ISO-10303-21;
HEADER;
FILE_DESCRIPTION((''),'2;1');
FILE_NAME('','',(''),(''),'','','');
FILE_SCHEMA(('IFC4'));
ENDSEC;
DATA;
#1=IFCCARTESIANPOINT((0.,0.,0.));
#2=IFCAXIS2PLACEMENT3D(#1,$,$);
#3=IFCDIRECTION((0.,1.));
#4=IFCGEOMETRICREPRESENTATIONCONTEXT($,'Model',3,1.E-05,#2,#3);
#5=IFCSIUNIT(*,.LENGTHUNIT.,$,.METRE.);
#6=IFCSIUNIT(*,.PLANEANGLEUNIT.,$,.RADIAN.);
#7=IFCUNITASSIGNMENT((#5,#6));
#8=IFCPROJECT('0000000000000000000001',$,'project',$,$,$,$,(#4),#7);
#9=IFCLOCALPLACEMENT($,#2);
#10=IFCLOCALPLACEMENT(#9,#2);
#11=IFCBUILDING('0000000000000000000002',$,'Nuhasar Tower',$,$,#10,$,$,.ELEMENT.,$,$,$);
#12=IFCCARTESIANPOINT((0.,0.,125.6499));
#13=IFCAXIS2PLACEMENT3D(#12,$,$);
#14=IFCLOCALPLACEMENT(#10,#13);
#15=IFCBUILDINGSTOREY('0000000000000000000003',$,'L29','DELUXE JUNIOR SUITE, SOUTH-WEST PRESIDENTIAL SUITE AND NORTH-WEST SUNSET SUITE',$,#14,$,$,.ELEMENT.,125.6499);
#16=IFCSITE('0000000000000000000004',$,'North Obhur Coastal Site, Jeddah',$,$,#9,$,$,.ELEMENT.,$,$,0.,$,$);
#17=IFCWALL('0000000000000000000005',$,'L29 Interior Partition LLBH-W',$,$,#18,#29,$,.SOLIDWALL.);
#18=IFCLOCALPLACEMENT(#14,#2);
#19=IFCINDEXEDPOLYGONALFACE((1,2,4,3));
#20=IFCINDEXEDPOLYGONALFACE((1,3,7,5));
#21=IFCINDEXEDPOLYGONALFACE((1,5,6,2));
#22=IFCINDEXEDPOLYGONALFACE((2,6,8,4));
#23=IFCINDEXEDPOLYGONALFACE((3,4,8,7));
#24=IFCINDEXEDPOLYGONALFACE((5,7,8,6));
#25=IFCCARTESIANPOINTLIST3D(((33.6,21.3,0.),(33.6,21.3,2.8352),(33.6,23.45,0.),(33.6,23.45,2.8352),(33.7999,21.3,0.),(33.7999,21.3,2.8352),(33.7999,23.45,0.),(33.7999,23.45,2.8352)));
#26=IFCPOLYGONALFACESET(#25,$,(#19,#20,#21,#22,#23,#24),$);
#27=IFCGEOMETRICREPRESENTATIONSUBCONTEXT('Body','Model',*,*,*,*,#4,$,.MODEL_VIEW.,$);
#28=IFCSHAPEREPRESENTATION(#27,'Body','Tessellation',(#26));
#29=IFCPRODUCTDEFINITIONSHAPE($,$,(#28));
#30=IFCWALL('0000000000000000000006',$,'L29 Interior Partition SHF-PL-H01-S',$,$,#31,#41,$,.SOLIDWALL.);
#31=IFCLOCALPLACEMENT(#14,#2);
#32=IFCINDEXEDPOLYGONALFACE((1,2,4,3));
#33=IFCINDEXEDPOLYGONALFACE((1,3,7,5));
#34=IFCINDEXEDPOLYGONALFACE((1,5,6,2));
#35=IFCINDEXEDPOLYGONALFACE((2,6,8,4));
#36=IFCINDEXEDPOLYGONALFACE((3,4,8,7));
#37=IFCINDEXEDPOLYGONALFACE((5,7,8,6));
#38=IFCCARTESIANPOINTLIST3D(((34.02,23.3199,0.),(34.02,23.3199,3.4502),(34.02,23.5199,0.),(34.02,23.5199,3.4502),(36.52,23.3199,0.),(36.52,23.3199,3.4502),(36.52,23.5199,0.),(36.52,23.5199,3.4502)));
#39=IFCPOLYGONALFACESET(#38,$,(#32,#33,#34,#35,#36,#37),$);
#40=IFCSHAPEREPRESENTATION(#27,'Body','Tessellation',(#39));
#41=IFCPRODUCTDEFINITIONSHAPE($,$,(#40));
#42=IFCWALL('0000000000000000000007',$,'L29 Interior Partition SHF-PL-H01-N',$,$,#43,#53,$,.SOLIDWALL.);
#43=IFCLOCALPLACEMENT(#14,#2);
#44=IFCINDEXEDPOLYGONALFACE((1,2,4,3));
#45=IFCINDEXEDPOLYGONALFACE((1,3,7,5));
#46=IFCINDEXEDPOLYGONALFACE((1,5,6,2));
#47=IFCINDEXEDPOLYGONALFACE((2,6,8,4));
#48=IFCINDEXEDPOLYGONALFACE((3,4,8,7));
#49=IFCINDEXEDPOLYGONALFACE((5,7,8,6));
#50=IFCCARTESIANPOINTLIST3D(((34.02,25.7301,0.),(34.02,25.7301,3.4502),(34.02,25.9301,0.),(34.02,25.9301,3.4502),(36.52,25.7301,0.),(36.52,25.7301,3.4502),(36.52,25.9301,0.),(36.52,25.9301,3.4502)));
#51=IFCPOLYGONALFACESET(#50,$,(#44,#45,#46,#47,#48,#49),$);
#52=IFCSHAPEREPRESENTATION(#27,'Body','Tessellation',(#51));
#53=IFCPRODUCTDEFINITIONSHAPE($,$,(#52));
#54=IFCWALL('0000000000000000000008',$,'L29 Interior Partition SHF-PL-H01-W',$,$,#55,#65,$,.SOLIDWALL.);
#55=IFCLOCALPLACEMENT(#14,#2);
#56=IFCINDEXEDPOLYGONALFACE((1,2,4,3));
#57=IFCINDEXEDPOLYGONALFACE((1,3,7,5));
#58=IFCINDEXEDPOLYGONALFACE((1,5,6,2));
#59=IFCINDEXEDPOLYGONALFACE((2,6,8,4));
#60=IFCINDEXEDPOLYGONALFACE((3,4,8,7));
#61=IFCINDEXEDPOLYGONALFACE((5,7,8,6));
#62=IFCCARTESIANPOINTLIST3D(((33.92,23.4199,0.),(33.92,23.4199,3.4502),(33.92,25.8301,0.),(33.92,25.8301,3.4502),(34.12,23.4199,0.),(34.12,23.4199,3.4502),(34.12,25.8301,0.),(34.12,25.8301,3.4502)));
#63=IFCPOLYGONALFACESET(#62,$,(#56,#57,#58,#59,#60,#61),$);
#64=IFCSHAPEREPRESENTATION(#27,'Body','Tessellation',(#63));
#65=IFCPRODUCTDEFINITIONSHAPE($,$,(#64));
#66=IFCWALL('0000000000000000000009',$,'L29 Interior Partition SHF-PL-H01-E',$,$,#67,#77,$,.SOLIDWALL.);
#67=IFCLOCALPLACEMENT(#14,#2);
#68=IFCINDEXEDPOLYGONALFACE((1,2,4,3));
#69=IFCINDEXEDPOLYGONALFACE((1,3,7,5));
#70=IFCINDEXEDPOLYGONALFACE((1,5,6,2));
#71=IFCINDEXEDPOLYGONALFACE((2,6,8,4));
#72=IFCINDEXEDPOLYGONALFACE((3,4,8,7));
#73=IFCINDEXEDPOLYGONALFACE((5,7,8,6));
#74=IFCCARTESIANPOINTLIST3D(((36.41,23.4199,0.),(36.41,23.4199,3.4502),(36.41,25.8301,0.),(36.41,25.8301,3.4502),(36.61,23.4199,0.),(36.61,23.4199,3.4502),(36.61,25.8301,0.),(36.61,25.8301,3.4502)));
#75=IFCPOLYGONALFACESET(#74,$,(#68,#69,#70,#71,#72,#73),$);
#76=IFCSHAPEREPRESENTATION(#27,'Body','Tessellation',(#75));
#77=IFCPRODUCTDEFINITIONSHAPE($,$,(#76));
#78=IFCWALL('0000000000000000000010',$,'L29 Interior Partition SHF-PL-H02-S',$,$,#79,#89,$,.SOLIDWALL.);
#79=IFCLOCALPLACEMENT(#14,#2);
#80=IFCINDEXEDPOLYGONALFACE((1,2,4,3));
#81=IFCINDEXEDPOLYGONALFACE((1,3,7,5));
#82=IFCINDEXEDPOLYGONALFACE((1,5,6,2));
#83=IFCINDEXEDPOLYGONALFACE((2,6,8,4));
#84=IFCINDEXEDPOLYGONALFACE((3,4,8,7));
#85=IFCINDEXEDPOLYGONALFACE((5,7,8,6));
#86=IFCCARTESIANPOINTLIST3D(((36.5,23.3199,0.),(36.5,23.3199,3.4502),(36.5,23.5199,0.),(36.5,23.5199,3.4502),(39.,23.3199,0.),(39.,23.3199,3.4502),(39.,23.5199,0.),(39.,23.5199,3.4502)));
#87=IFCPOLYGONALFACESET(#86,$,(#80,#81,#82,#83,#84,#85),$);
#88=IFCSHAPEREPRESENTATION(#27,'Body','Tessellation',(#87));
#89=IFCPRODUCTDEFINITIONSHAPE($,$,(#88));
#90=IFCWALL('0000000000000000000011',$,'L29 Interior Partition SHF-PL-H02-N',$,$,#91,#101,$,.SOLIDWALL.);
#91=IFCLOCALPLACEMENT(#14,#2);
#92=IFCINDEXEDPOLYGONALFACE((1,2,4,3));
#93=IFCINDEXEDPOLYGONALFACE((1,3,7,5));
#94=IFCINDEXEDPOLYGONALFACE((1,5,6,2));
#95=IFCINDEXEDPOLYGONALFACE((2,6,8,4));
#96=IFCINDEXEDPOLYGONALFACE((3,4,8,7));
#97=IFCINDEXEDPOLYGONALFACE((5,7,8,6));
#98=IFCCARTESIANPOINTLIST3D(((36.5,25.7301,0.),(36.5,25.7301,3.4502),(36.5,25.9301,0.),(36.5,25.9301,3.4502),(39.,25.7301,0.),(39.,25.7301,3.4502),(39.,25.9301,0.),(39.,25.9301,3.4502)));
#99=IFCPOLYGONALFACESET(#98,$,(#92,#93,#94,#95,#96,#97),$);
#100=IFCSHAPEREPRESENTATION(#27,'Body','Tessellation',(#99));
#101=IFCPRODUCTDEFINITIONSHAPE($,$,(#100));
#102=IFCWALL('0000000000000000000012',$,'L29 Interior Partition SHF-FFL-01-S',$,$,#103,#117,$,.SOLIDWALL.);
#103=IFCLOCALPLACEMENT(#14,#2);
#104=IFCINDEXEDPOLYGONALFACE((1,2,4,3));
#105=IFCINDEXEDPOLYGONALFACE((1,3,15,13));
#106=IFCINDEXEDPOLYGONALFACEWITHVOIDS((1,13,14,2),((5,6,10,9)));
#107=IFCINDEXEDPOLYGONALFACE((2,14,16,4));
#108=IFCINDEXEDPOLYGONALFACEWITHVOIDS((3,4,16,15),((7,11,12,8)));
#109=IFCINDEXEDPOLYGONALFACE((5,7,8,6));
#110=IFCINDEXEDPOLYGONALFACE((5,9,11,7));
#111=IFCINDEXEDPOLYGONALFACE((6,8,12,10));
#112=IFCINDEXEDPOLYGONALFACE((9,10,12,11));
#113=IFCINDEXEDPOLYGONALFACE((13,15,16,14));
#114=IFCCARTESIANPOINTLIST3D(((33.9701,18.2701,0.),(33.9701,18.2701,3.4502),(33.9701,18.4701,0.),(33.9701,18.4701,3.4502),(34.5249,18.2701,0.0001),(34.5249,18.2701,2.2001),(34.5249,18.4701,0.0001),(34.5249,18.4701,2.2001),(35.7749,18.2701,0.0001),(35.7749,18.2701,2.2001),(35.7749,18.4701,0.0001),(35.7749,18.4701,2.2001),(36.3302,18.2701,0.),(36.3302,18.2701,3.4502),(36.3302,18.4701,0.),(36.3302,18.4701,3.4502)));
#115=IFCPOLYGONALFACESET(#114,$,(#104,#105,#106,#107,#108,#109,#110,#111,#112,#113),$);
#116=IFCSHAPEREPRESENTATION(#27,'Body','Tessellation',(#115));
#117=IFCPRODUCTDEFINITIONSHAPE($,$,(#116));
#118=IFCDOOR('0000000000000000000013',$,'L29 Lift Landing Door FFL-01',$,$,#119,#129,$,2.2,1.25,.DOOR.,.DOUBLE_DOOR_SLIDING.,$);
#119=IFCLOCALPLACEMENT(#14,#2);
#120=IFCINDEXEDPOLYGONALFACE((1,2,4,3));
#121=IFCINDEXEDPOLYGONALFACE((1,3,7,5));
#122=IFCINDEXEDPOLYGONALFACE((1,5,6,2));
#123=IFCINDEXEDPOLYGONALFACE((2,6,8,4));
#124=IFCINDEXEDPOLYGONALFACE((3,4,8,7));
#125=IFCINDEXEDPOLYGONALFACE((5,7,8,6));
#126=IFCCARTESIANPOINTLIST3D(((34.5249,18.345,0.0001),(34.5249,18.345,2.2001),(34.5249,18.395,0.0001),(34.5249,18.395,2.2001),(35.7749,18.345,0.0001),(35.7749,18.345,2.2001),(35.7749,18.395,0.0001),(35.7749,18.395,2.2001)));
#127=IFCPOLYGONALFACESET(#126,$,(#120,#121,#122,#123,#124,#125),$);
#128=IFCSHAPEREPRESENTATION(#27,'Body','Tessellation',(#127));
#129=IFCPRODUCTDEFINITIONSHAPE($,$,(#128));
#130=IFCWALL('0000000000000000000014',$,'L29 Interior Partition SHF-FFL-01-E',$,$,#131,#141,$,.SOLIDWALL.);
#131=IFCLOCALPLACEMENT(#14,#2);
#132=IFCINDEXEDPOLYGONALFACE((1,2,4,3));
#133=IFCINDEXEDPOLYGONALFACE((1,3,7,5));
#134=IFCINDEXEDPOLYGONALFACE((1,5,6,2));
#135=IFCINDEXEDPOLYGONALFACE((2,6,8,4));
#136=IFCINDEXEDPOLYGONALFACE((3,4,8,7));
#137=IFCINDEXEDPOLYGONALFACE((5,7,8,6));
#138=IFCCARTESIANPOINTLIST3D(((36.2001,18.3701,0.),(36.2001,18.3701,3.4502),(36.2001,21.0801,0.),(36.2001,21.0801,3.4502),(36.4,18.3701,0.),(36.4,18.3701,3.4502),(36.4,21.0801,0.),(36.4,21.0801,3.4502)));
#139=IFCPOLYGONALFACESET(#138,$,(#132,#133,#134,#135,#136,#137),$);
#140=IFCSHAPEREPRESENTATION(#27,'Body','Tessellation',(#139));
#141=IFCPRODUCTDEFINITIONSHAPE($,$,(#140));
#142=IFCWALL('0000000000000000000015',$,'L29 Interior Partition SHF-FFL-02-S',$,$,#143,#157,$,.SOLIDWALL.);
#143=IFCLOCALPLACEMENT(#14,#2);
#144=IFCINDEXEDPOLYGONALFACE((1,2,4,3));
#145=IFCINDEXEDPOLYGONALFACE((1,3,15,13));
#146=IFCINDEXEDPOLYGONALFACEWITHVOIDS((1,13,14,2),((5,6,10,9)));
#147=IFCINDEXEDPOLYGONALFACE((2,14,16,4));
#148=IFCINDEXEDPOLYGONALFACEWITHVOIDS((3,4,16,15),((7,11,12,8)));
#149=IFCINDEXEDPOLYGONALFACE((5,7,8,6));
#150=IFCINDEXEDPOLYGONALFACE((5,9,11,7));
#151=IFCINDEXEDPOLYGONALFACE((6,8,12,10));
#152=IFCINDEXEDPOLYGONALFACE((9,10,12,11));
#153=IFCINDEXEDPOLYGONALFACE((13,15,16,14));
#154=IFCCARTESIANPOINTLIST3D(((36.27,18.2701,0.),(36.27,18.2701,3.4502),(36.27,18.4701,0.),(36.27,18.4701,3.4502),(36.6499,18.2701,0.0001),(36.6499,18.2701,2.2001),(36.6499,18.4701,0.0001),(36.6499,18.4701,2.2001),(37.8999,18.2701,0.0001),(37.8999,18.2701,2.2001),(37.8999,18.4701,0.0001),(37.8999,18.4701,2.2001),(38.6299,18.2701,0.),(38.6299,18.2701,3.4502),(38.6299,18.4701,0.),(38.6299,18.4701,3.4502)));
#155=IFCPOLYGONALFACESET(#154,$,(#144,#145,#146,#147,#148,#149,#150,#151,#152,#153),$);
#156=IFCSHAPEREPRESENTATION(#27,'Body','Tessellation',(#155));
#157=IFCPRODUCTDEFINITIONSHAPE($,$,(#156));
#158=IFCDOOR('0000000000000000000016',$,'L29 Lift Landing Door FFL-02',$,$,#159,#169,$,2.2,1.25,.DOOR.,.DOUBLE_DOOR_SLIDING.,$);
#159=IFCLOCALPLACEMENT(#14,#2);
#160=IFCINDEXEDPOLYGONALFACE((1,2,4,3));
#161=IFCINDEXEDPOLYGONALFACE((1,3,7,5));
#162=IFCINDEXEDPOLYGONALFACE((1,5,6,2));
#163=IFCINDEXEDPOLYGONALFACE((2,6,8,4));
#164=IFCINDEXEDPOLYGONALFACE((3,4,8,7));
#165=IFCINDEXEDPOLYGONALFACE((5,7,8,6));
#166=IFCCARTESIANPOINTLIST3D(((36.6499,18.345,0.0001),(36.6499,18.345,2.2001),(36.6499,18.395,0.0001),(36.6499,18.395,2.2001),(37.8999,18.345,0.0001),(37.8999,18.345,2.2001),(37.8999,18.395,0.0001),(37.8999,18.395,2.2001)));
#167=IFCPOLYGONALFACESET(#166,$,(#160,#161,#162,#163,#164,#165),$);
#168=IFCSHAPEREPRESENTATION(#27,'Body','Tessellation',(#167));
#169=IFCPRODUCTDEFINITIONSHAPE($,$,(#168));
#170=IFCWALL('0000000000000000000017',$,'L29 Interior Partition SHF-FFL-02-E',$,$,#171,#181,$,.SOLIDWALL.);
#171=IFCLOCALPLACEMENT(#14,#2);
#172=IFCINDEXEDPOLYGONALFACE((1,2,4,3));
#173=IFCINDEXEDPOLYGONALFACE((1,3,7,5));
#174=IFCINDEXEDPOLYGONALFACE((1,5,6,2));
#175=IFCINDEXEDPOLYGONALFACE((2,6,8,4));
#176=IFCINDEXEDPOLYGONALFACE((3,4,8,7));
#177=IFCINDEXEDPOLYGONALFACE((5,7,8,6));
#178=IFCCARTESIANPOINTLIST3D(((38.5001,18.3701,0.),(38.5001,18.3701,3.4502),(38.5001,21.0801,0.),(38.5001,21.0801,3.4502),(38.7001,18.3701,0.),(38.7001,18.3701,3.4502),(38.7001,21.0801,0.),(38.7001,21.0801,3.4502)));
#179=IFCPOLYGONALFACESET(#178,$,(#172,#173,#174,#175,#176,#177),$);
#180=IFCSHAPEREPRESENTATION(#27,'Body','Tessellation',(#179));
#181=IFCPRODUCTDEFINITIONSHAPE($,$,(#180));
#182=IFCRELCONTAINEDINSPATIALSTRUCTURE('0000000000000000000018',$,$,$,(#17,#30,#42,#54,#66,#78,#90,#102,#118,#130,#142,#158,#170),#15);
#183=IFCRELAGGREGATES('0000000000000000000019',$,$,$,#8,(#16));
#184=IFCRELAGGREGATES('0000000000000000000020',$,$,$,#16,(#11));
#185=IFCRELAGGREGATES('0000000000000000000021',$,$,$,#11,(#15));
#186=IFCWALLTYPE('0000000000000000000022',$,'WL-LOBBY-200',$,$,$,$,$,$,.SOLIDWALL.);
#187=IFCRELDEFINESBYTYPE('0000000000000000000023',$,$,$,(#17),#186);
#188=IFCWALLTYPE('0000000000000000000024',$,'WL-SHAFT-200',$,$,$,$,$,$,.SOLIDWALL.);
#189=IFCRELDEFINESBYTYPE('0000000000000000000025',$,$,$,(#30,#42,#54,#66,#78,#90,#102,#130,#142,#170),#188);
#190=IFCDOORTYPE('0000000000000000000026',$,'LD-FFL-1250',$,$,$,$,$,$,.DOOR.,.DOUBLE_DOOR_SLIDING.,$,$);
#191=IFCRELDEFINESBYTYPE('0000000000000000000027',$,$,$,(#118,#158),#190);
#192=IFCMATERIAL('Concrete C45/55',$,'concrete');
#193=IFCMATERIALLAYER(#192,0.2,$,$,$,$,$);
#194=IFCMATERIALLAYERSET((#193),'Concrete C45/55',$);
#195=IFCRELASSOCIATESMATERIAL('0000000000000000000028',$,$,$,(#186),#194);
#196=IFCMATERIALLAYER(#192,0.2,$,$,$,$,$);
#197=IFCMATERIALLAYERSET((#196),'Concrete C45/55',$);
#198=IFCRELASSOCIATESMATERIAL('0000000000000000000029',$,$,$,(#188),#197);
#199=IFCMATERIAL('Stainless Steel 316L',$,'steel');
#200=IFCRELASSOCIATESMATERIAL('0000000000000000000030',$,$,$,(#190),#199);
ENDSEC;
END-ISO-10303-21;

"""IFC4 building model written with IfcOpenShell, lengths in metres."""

from ifc_helpers import new_model, si_unit, direction, frame, frame_2d, origin, place, context, subcontext, project, spatial, rectangle, extrude, material, layer, layer_set, type_object, element, fill, save


model = new_model("IFC4")

# Units and contexts
model_context = context("Model", 3, precision=1e-05, world=origin(), true_north=direction((0.0, 1.0)))
body_context = subcontext(model_context, "Body", "Model", "MODEL_VIEW")
ifc_project = project(units=[si_unit("LENGTHUNIT", "METRE"), si_unit("PLANEANGLEUNIT", "RADIAN")], contexts=[model_context])

# Site, building, storey
site_placement = place(None, origin())
site = spatial("IfcSite", under=ifc_project, at=site_placement, Name="North Obhur Coastal Site, Jeddah", CompositionType="ELEMENT", RefElevation=0.0)
building_placement = place(site_placement, origin())
building = spatial("IfcBuilding", under=site, at=building_placement, Name="Nuhasar Tower", CompositionType="ELEMENT")
storey_placement = place(building_placement, frame((0.0, 0.0, 125.6499)))
storey = spatial("IfcBuildingStorey", under=building, at=storey_placement, Name="L29", Description="DELUXE JUNIOR SUITE, SOUTH-WEST PRESIDENTIAL SUITE AND NORTH-WEST SUNSET SUITE", CompositionType="ELEMENT", Elevation=125.6499)

# Walls
ifc_material_1 = material(Name="Concrete C45/55", Category="concrete")
ifc_layer_1 = layer(ifc_material_1, 0.2)
ifc_layer_set_1 = layer_set([ifc_layer_1], Name="Concrete C45/55")
wall_type_1 = type_object("IfcWallType", Name="WL-LOBBY-200", PredefinedType="SOLIDWALL", material=ifc_layer_set_1)
wall_1_placement = place(storey_placement, frame((33.7, 21.3, 0.0), z_axis=(0.0, 0.0, 1.0), x_axis=(0.0, 1.0, 0.0)))
element("IfcWall", 1, at=wall_1_placement, inside=storey, type_object=wall_type_1, Name="L29 Interior Partition LLBH-W", PredefinedType="SOLIDWALL", context=body_context, shape_type="SweptSolid", body=[
    extrude(rectangle(XDim=2.1499, YDim=0.2, at=frame_2d((1.075, 0.0))), origin(), (0.0, 0.0, 1.0), 2.8352),
])
ifc_layer_2 = layer(ifc_material_1, 0.2)
ifc_layer_set_2 = layer_set([ifc_layer_2], Name="Concrete C45/55")
wall_type_2 = type_object("IfcWallType", Name="WL-SHAFT-200", PredefinedType="SOLIDWALL", material=ifc_layer_set_2)
for number, where, z_axis, x_axis, name in (
    (2, (34.02, 23.4199, 0.0), (0.0, 0.0, 1.0), (1.0, 0.0, 0.0), "L29 Interior Partition SHF-PL-H01-S"),
    (3, (34.02, 25.8301, 0.0), (0.0, 0.0, 1.0), (1.0, 0.0, 0.0), "L29 Interior Partition SHF-PL-H01-N"),
):
    element("IfcWall", number, at=place(storey_placement, frame(where, z_axis=z_axis, x_axis=x_axis)), inside=storey, type_object=wall_type_2, Name=name, PredefinedType="SOLIDWALL", context=body_context, shape_type="SweptSolid", body=[
        extrude(rectangle(XDim=2.5, YDim=0.2, at=frame_2d((1.25, 0.0))), origin(), (0.0, 0.0, 1.0), 3.4502),
    ])
for number, where, z_axis, x_axis, name in (
    (4, (34.02, 23.4199, 0.0), (0.0, 0.0, 1.0), (0.0, 1.0, 0.0), "L29 Interior Partition SHF-PL-H01-W"),
    (5, (36.51, 23.4199, 0.0), (0.0, 0.0, 1.0), (0.0, 1.0, 0.0), "L29 Interior Partition SHF-PL-H01-E"),
):
    element("IfcWall", number, at=place(storey_placement, frame(where, z_axis=z_axis, x_axis=x_axis)), inside=storey, type_object=wall_type_2, Name=name, PredefinedType="SOLIDWALL", context=body_context, shape_type="SweptSolid", body=[
        extrude(rectangle(XDim=2.4102, YDim=0.2, at=frame_2d((1.2051, 0.0))), origin(), (0.0, 0.0, 1.0), 3.4502),
    ])
for number, where, z_axis, x_axis, name in (
    (6, (36.5, 23.4199, 0.0), (0.0, 0.0, 1.0), (1.0, 0.0, 0.0), "L29 Interior Partition SHF-PL-H02-S"),
    (7, (36.5, 25.8301, 0.0), (0.0, 0.0, 1.0), (1.0, 0.0, 0.0), "L29 Interior Partition SHF-PL-H02-N"),
):
    element("IfcWall", number, at=place(storey_placement, frame(where, z_axis=z_axis, x_axis=x_axis)), inside=storey, type_object=wall_type_2, Name=name, PredefinedType="SOLIDWALL", context=body_context, shape_type="SweptSolid", body=[
        extrude(rectangle(XDim=2.5, YDim=0.2, at=frame_2d((1.25, 0.0))), origin(), (0.0, 0.0, 1.0), 3.4502),
    ])

# Wall, opening, door
wall_2_placement = place(storey_placement, frame((33.97, 18.3701, 0.0), z_axis=(0.0, 0.0, 1.0), x_axis=(1.0, 0.0, 0.0)))
wall_2 = element("IfcWall", 8, at=wall_2_placement, inside=storey, type_object=wall_type_2, Name="L29 Interior Partition SHF-FFL-01-S", PredefinedType="SOLIDWALL", context=body_context, shape_type="SweptSolid", body=[
    extrude(rectangle(XDim=2.3601, YDim=0.2, at=frame_2d((1.1802, 0.0))), origin(), (0.0, 0.0, 1.0), 3.4502),
])
opening_1_placement = place(wall_2_placement, frame((0.5549, 0.0, 0.0)))
opening_1 = element("IfcOpeningElement", 9, at=opening_1_placement, cuts=wall_2, PredefinedType="OPENING", context=body_context, shape_type="SweptSolid", body=[
    extrude(rectangle(XDim=1.25, YDim=2.2, at=frame_2d((0.625, 1.1001))), frame((0.0, 0.1099, 0.0), z_axis=(0.0, -1.0, 0.0), x_axis=(1.0, 0.0, 0.0)), (0.0, 0.0, 1.0), 0.22),
])
ifc_material_2 = material(Name="Stainless Steel 316L", Category="steel")
door_type_1 = type_object("IfcDoorType", Name="LD-FFL-1250", OperationType="DOUBLE_DOOR_SLIDING", PredefinedType="DOOR", material=ifc_material_2)
door_1_placement = place(opening_1_placement, origin())
door_1 = element("IfcDoor", 10, at=door_1_placement, inside=storey, type_object=door_type_1, Name="L29 Lift Landing Door FFL-01", OperationType="DOUBLE_DOOR_SLIDING", OverallHeight=2.2, OverallWidth=1.25, PredefinedType="DOOR", context=body_context, shape_type="SweptSolid", body=[
    extrude(rectangle(XDim=1.25, YDim=2.2, at=frame_2d((0.625, 1.1001))), frame((0.0, 0.0249, 0.0), z_axis=(0.0, -1.0, 0.0), x_axis=(1.0, 0.0, 0.0)), (0.0, 0.0, 1.0), 0.05),
])
fill(opening_1, door_1)

# Wall
wall_3_placement = place(storey_placement, frame((36.3, 18.3701, 0.0), z_axis=(0.0, 0.0, 1.0), x_axis=(0.0, 1.0, 0.0)))
element("IfcWall", 11, at=wall_3_placement, inside=storey, type_object=wall_type_2, Name="L29 Interior Partition SHF-FFL-01-E", PredefinedType="SOLIDWALL", context=body_context, shape_type="SweptSolid", body=[
    extrude(rectangle(XDim=2.71, YDim=0.2, at=frame_2d((1.355, 0.0))), origin(), (0.0, 0.0, 1.0), 3.4502),
])

# Wall, opening, door
wall_4_placement = place(storey_placement, frame((36.27, 18.3701, 0.0), z_axis=(0.0, 0.0, 1.0), x_axis=(1.0, 0.0, 0.0)))
wall_4 = element("IfcWall", 12, at=wall_4_placement, inside=storey, type_object=wall_type_2, Name="L29 Interior Partition SHF-FFL-02-S", PredefinedType="SOLIDWALL", context=body_context, shape_type="SweptSolid", body=[
    extrude(rectangle(XDim=2.3599, YDim=0.2, at=frame_2d((1.1799, 0.0))), origin(), (0.0, 0.0, 1.0), 3.4502),
])
opening_2_placement = place(wall_4_placement, frame((0.3799, 0.0, 0.0)))
opening_2 = element("IfcOpeningElement", 13, at=opening_2_placement, cuts=wall_4, PredefinedType="OPENING", context=body_context, shape_type="SweptSolid", body=[
    extrude(rectangle(XDim=1.25, YDim=2.2, at=frame_2d((0.625, 1.1001))), frame((0.0, 0.1099, 0.0), z_axis=(0.0, -1.0, 0.0), x_axis=(1.0, 0.0, 0.0)), (0.0, 0.0, 1.0), 0.22),
])
door_2_placement = place(opening_2_placement, origin())
door_2 = element("IfcDoor", 14, at=door_2_placement, inside=storey, type_object=door_type_1, Name="L29 Lift Landing Door FFL-02", OperationType="DOUBLE_DOOR_SLIDING", OverallHeight=2.2, OverallWidth=1.25, PredefinedType="DOOR", context=body_context, shape_type="SweptSolid", body=[
    extrude(rectangle(XDim=1.25, YDim=2.2, at=frame_2d((0.625, 1.1001))), frame((0.0, 0.0249, 0.0), z_axis=(0.0, -1.0, 0.0), x_axis=(1.0, 0.0, 0.0)), (0.0, 0.0, 1.0), 0.05),
])
fill(opening_2, door_2)

# Wall
wall_5_placement = place(storey_placement, frame((38.6001, 18.3701, 0.0), z_axis=(0.0, 0.0, 1.0), x_axis=(0.0, 1.0, 0.0)))
element("IfcWall", 15, at=wall_5_placement, inside=storey, type_object=wall_type_2, Name="L29 Interior Partition SHF-FFL-02-E", PredefinedType="SOLIDWALL", context=body_context, shape_type="SweptSolid", body=[
    extrude(rectangle(XDim=2.71, YDim=0.2, at=frame_2d((1.355, 0.0))), origin(), (0.0, 0.0, 1.0), 3.4502),
])

save(model, "model.ifc")
